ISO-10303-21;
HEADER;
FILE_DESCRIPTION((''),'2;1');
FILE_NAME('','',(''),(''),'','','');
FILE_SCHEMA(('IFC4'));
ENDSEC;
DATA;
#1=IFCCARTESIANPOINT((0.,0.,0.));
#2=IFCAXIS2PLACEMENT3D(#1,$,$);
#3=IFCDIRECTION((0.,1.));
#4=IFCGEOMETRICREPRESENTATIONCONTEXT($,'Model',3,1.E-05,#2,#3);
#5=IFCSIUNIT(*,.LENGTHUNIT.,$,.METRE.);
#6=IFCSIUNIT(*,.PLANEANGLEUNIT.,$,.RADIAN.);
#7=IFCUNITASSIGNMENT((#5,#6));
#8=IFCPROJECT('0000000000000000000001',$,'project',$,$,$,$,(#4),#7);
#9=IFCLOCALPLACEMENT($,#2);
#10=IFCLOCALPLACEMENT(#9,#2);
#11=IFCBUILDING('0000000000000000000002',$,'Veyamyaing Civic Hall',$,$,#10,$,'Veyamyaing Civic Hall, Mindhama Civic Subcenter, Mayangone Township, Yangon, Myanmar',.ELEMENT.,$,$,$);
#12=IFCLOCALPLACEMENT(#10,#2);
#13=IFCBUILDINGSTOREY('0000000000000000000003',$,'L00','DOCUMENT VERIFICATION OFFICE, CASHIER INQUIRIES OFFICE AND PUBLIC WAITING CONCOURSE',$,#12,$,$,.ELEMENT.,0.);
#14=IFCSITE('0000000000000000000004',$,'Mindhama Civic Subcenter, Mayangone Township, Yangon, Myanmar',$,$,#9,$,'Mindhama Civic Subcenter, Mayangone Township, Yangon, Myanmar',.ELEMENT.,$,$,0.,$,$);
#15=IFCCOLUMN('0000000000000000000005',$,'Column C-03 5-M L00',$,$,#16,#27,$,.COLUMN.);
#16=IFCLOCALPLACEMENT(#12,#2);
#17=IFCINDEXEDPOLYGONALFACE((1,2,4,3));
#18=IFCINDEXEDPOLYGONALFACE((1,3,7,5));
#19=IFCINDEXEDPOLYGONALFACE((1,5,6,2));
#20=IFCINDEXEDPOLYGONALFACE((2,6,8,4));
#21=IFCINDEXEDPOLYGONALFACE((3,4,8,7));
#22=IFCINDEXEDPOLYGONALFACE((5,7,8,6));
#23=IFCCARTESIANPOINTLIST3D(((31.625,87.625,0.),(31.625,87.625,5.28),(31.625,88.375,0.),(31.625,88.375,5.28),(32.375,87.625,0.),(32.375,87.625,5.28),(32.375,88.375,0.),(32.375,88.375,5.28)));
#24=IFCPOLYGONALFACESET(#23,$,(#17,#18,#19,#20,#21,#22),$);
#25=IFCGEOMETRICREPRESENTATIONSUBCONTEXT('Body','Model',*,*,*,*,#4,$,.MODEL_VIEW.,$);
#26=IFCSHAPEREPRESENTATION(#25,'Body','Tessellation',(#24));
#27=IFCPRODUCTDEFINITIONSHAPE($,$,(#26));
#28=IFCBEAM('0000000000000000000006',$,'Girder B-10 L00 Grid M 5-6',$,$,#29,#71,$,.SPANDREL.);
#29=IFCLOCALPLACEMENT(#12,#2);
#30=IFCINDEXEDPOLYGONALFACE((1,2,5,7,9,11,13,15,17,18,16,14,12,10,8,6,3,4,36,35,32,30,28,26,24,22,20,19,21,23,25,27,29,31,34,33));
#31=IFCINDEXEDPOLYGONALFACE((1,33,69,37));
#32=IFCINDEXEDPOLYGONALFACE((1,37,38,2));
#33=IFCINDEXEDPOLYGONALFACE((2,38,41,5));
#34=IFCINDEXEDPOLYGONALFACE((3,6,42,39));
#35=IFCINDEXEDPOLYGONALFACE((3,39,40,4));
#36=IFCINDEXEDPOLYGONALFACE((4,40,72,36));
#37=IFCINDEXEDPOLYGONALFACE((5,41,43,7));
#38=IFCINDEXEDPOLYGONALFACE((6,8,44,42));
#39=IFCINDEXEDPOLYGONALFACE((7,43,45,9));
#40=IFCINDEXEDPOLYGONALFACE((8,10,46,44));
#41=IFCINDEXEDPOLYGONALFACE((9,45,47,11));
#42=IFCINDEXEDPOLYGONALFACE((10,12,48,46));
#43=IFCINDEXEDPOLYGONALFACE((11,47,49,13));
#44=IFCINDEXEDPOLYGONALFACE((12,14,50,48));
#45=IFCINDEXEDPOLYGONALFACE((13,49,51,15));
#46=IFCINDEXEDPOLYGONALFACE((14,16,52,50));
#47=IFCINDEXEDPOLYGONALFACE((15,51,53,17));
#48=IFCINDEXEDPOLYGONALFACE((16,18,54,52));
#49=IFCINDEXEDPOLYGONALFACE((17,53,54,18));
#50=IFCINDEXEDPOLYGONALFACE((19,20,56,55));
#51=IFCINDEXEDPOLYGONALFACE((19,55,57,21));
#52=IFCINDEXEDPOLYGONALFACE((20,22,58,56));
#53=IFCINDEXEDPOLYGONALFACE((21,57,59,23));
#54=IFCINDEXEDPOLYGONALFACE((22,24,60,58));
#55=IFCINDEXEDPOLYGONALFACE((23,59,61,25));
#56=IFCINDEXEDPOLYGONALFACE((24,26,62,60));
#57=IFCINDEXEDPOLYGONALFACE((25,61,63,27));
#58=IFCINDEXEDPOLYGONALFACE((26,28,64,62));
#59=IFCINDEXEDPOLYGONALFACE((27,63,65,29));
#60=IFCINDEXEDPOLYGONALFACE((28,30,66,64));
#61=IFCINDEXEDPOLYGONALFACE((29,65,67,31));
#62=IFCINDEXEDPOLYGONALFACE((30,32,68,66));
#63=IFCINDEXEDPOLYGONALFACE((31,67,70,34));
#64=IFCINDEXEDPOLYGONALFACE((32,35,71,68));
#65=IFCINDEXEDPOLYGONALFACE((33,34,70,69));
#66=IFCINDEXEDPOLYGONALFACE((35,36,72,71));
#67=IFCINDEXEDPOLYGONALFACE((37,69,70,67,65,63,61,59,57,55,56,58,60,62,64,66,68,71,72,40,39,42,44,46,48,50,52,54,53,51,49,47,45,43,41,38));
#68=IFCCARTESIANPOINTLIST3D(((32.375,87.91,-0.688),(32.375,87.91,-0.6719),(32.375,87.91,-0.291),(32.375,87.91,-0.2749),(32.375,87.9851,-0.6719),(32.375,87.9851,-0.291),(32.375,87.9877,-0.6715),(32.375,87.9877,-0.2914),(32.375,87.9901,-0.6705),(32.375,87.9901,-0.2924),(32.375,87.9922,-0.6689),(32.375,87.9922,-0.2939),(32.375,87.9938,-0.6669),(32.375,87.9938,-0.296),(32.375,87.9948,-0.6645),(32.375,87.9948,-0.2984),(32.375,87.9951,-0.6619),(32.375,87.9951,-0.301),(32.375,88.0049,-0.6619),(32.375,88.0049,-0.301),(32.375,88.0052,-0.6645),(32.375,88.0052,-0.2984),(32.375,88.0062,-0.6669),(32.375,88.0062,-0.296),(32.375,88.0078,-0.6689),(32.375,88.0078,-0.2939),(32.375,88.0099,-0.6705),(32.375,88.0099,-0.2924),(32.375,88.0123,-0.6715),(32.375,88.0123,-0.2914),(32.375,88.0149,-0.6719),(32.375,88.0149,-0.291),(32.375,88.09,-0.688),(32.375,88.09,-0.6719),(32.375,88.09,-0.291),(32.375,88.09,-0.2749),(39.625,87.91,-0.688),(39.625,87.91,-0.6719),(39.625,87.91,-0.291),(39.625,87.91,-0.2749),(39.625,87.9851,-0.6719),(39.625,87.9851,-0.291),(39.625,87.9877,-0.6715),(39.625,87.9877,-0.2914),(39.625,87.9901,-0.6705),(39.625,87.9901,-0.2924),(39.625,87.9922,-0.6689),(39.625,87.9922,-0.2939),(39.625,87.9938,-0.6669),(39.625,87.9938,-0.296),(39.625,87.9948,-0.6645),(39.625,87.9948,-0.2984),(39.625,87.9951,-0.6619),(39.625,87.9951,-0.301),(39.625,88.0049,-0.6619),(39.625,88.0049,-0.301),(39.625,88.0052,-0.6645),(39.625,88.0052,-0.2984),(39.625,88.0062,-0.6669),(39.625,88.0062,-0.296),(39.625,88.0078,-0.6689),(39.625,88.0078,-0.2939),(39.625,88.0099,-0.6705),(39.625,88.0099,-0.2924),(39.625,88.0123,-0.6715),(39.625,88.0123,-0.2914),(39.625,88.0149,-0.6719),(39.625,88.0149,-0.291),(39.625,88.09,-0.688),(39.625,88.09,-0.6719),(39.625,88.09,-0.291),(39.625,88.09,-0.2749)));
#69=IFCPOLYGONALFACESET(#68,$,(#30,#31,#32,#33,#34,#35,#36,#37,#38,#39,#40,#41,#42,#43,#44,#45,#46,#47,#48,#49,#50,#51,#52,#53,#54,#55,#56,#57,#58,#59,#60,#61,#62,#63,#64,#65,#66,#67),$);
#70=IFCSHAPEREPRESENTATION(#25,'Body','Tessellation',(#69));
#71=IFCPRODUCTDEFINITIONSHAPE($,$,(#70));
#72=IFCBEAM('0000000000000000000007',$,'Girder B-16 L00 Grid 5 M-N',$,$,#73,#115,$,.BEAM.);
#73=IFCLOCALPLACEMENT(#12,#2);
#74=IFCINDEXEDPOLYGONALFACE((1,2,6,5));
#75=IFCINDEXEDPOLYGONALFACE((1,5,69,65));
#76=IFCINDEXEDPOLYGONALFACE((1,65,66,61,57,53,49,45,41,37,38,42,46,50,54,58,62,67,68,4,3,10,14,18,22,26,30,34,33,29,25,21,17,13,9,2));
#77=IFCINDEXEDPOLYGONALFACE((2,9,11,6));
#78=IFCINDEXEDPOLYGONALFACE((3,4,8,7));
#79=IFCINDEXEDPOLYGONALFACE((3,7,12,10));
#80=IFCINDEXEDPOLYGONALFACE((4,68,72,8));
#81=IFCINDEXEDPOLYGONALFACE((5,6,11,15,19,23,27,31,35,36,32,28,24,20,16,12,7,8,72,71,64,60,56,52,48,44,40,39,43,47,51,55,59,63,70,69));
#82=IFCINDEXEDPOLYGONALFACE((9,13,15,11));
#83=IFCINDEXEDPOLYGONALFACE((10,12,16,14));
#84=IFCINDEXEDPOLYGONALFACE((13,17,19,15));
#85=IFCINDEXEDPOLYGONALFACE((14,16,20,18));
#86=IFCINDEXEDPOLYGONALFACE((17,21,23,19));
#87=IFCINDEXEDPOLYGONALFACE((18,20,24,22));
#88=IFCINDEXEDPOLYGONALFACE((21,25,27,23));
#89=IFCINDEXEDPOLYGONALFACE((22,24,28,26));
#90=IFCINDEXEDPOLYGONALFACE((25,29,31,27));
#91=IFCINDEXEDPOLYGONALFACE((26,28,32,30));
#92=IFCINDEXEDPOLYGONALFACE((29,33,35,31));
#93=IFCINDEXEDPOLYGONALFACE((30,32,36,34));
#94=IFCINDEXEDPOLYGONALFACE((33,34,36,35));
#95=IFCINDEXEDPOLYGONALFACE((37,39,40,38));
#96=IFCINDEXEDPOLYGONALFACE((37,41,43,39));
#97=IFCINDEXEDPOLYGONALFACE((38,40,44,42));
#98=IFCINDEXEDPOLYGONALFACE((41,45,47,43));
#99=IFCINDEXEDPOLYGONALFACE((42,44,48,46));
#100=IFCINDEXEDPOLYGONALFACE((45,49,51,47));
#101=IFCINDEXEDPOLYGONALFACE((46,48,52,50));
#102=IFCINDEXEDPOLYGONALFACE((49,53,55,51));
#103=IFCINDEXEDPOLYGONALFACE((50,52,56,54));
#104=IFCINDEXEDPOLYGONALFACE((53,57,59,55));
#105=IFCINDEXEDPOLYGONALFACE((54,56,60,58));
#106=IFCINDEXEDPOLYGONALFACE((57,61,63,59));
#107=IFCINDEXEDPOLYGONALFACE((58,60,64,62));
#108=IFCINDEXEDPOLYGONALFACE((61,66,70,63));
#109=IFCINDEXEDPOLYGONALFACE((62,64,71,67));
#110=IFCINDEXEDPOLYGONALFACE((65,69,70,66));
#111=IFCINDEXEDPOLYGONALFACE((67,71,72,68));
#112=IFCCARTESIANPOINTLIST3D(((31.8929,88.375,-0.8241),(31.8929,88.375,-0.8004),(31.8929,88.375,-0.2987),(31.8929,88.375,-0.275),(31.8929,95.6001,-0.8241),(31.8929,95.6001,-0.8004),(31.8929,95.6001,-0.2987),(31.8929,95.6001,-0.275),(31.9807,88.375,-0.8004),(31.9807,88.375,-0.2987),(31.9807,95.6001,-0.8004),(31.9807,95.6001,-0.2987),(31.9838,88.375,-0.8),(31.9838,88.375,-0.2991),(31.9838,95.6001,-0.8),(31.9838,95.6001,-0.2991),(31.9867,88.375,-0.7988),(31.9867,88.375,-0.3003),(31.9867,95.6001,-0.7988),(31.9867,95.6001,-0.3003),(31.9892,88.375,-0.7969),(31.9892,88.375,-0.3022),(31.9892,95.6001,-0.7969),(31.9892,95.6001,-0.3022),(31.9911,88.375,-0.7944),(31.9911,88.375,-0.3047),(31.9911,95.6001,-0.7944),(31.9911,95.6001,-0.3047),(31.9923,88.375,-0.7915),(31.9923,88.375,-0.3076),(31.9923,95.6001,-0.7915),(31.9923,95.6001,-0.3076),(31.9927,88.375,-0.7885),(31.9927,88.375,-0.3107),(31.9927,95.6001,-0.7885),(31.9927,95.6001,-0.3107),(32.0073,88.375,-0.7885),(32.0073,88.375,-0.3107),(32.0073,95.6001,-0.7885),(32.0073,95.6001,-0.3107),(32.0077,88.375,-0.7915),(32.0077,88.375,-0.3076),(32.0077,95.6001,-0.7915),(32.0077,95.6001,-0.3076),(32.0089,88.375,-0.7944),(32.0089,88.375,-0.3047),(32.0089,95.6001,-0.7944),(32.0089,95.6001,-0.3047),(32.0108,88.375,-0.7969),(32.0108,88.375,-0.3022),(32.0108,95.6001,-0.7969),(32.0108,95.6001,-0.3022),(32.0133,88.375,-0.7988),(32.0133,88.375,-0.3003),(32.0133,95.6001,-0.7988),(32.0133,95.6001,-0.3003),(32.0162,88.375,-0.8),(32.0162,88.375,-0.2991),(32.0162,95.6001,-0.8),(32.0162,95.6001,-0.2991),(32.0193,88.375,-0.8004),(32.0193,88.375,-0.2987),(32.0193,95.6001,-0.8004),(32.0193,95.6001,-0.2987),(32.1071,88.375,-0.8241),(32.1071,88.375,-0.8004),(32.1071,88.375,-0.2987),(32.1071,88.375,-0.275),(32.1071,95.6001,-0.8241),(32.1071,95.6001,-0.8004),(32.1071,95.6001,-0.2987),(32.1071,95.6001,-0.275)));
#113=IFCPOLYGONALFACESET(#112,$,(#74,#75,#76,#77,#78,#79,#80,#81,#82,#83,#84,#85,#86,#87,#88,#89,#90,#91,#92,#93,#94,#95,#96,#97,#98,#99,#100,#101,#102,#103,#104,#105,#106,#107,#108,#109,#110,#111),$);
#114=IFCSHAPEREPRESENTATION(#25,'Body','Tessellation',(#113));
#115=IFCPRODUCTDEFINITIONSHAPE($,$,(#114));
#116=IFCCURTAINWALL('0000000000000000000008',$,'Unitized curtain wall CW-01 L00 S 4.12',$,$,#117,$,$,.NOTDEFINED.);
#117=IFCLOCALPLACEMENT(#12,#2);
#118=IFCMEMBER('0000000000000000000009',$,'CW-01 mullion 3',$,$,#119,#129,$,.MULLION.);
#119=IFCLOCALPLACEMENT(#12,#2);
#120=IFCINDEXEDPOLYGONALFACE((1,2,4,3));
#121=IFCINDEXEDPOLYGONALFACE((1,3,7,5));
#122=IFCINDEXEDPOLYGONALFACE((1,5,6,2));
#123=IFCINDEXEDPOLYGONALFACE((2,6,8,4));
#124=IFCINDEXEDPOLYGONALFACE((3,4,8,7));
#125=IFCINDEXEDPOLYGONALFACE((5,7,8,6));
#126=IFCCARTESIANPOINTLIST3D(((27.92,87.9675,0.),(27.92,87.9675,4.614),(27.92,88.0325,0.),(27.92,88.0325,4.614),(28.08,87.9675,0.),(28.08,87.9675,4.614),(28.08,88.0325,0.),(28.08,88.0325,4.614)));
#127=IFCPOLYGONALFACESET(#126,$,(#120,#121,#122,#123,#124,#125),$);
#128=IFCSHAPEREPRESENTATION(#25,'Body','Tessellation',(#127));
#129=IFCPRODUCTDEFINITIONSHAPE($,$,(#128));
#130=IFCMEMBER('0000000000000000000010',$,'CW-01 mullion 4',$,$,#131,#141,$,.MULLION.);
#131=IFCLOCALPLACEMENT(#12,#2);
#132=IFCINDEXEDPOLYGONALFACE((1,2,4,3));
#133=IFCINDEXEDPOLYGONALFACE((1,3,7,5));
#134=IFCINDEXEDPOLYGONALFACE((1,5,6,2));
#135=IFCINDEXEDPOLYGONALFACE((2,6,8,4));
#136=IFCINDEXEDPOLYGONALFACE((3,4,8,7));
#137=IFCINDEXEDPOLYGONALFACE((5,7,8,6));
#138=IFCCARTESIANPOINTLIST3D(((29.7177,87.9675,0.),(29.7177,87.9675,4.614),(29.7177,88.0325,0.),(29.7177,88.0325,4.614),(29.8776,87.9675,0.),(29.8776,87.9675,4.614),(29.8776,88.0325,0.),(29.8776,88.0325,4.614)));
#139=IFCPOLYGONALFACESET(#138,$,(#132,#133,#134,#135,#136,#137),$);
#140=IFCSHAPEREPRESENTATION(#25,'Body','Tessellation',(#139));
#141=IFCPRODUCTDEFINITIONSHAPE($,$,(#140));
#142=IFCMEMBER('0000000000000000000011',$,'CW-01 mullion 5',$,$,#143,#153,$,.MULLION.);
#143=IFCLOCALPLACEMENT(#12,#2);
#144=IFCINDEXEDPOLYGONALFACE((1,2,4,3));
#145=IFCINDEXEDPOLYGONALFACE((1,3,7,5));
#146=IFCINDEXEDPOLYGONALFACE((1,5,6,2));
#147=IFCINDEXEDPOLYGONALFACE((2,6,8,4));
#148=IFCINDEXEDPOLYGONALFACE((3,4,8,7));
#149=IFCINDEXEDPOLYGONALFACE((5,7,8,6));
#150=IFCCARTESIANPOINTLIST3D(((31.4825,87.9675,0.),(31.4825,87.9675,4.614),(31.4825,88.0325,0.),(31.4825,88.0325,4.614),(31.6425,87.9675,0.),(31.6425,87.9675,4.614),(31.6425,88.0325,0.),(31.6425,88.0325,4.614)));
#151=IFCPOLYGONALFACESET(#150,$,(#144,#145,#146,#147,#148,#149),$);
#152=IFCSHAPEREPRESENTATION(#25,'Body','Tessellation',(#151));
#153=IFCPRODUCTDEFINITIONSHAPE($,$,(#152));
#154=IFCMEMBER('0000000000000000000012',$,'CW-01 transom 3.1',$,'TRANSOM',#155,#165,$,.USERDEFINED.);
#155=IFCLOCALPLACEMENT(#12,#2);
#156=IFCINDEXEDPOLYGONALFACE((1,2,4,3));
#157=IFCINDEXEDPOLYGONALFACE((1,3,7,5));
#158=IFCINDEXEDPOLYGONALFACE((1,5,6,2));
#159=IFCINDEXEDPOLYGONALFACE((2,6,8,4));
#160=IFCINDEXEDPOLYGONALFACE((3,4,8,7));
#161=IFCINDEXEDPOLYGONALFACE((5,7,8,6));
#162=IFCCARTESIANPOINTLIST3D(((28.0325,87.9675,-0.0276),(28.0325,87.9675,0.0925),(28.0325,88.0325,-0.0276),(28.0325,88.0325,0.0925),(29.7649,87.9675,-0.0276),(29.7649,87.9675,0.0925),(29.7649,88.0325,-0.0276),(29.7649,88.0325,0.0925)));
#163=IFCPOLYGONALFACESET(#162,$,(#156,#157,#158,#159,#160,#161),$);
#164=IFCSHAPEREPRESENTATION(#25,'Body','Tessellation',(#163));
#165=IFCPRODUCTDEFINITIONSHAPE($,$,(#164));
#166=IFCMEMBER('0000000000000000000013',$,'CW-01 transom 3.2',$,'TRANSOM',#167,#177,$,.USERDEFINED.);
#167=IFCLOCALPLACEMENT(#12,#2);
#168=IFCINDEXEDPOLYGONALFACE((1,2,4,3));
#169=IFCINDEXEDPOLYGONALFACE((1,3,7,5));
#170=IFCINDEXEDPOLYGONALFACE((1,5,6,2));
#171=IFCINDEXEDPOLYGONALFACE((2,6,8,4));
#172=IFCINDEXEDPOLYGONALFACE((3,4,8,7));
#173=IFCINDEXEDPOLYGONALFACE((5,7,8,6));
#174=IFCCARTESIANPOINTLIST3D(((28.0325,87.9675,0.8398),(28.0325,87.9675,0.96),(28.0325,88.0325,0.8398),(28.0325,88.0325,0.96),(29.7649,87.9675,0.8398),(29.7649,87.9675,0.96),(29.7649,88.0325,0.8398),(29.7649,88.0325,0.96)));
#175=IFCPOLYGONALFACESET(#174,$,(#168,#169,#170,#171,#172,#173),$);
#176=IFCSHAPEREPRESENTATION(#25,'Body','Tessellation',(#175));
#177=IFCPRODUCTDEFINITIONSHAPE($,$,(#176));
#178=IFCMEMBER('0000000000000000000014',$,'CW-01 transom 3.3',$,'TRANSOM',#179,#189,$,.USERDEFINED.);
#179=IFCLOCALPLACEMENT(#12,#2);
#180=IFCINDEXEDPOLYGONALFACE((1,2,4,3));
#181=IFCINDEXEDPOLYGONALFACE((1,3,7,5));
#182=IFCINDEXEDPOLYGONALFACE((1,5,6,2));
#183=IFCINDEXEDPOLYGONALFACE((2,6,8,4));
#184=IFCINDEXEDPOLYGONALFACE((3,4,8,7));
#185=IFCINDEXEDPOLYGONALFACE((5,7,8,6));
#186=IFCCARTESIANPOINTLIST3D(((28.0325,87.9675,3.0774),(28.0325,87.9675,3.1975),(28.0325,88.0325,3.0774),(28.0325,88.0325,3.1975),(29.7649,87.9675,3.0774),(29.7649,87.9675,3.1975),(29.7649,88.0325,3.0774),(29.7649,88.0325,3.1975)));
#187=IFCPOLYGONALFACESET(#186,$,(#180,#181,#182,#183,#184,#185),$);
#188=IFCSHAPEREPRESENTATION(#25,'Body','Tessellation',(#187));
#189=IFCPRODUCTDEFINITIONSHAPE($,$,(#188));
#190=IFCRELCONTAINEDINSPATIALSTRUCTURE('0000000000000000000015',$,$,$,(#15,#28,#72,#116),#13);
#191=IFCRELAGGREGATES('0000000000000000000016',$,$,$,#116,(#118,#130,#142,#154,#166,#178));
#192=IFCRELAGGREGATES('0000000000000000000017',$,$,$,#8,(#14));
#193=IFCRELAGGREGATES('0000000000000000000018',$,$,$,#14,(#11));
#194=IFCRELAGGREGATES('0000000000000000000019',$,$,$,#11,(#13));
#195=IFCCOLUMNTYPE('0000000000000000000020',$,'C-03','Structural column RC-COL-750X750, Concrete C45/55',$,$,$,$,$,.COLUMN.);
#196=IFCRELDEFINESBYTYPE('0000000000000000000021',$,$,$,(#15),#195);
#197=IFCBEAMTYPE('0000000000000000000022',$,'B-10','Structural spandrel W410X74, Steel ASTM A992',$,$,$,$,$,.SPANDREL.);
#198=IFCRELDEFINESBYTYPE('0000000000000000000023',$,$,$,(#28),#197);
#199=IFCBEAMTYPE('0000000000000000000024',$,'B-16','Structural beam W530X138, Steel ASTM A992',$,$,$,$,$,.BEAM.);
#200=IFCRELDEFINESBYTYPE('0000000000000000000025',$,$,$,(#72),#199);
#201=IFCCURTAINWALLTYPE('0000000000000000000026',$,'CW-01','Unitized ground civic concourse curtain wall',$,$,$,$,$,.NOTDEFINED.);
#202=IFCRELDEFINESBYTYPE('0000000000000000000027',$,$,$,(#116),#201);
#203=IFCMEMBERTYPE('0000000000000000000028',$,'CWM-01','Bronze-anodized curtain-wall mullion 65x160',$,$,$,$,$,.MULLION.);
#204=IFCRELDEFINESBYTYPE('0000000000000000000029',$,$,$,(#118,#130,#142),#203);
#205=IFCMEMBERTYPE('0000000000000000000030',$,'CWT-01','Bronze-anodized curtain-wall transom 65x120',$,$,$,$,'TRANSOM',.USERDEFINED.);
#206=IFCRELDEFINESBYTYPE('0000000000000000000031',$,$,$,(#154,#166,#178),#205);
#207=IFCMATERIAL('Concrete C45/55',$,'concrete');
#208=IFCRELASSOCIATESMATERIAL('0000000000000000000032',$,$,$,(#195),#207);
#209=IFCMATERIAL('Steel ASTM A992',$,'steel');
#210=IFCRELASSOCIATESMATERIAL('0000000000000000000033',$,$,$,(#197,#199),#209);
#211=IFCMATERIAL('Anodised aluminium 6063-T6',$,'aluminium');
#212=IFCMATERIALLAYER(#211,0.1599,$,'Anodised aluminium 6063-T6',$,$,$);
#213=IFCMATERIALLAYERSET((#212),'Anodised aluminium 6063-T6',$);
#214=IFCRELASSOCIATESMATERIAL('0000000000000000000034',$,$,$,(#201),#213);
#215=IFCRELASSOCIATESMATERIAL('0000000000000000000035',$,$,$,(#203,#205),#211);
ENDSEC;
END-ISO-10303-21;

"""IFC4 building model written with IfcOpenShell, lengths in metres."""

from ifc_helpers import new_model, si_unit, direction, frame, origin, origin_2d, place, context, subcontext, project, spatial, rectangle, i_section, extrude, material, layer, layer_set, material_profile, profile_set, type_object, element, aggregate, save


model = new_model("IFC4")

# Units and contexts
model_context = context("Model", 3, precision=1e-05, world=origin(), true_north=direction((0.0, 1.0)))
body_context = subcontext(model_context, "Body", "Model", "MODEL_VIEW")
ifc_project = project(units=[si_unit("LENGTHUNIT", "METRE"), si_unit("PLANEANGLEUNIT", "RADIAN")], contexts=[model_context])

# Site, building, storey
site_placement = place(None, origin())
site = spatial("IfcSite", under=ifc_project, at=site_placement, Name="Mindhama Civic Subcenter, Mayangone Township, Yangon, Myanmar", LongName="Mindhama Civic Subcenter, Mayangone Township, Yangon, Myanmar", CompositionType="ELEMENT", RefElevation=0.0)
building_placement = place(site_placement, origin())
building = spatial("IfcBuilding", under=site, at=building_placement, Name="Veyamyaing Civic Hall", LongName="Veyamyaing Civic Hall, Mindhama Civic Subcenter, Mayangone Township, Yangon, Myanmar", CompositionType="ELEMENT")
storey_placement = place(building_placement, origin())
storey = spatial("IfcBuildingStorey", under=building, at=storey_placement, Name="L00", Description="DOCUMENT VERIFICATION OFFICE, CASHIER INQUIRIES OFFICE AND PUBLIC WAITING CONCOURSE", CompositionType="ELEMENT", Elevation=0.0)

# Column
ifc_material_1 = material(Name="Concrete C45/55", Category="concrete")
ifc_material_profile_1 = material_profile(ifc_material_1, rectangle(XDim=0.75, YDim=0.75, at=origin_2d()), Name="RC-COL-750X750")
ifc_profile_set_1 = profile_set([ifc_material_profile_1], Name="Concrete C45/55")
column_type = type_object("IfcColumnType", Name="C-03", Description="Structural column RC-COL-750X750, Concrete C45/55", PredefinedType="COLUMN", material=ifc_profile_set_1)
column_placement = place(storey_placement, frame((32.0, 88.0, 0.0), z_axis=(0.0, 0.0, 1.0), x_axis=(1.0, 0.0, 0.0)))
element("IfcColumn", 1, at=column_placement, inside=storey, type_object=column_type, Name="Column C-03 5-M L00", PredefinedType="COLUMN", context=body_context, shape_type="SweptSolid", body=[
    extrude(rectangle(XDim=0.75, YDim=0.75, at=origin_2d()), origin(), (0.0, 0.0, 1.0), 5.28),
])

# Beams
ifc_material_2 = material(Name="Steel ASTM A992", Category="steel")
ifc_material_profile_2 = material_profile(ifc_material_2, i_section(OverallWidth=0.1799, OverallDepth=0.4131, WebThickness=0.0098, FlangeThickness=0.0161, FilletRadius=0.01, at=origin_2d()), Name="W410X74")
ifc_profile_set_2 = profile_set([ifc_material_profile_2], Name="Steel ASTM A992")
beam_type_1 = type_object("IfcBeamType", Name="B-10", Description="Structural spandrel W410X74, Steel ASTM A992", PredefinedType="SPANDREL", material=ifc_profile_set_2)
beam_1_placement = place(storey_placement, frame((32.375, 88.0, -0.4814), z_axis=(1.0, 0.0, 0.0), x_axis=(0.0, 1.0, 0.0)))
element("IfcBeam", 2, at=beam_1_placement, inside=storey, type_object=beam_type_1, Name="Girder B-10 L00 Grid M 5-6", PredefinedType="SPANDREL", context=body_context, shape_type="SweptSolid", body=[
    extrude(i_section(OverallWidth=0.1799, OverallDepth=0.4131, WebThickness=0.0098, FlangeThickness=0.0161, FilletRadius=0.01, at=origin_2d()), origin(), (0.0, 0.0, 1.0), 7.25),
])
ifc_material_profile_3 = material_profile(ifc_material_2, i_section(OverallWidth=0.2141, OverallDepth=0.5491, WebThickness=0.0146, FlangeThickness=0.0237, FilletRadius=0.012, at=origin_2d()), Name="W530X138")
ifc_profile_set_3 = profile_set([ifc_material_profile_3], Name="Steel ASTM A992")
beam_type_2 = type_object("IfcBeamType", Name="B-16", Description="Structural beam W530X138, Steel ASTM A992", PredefinedType="BEAM", material=ifc_profile_set_3)
beam_2_placement = place(storey_placement, frame((32.0, 88.375, -0.5496), z_axis=(0.0, 1.0, 0.0), x_axis=(-1.0, 0.0, 0.0)))
element("IfcBeam", 3, at=beam_2_placement, inside=storey, type_object=beam_type_2, Name="Girder B-16 L00 Grid 5 M-N", PredefinedType="BEAM", context=body_context, shape_type="SweptSolid", body=[
    extrude(i_section(OverallWidth=0.2141, OverallDepth=0.5491, WebThickness=0.0146, FlangeThickness=0.0237, FilletRadius=0.012, at=origin_2d()), origin(), (0.0, 0.0, 1.0), 7.2251),
])

# Curtain wall, members
ifc_material_3 = material(Name="Anodised aluminium 6063-T6", Category="aluminium")
ifc_layer_1 = layer(ifc_material_3, 0.1599, Name="Anodised aluminium 6063-T6")
ifc_layer_set_1 = layer_set([ifc_layer_1], Name="Anodised aluminium 6063-T6")
curtain_wall_type = type_object("IfcCurtainWallType", Name="CW-01", Description="Unitized ground civic concourse curtain wall", PredefinedType="NOTDEFINED", material=ifc_layer_set_1)
curtain_wall_placement = place(storey_placement, origin())
curtain_wall = element("IfcCurtainWall", 4, at=curtain_wall_placement, inside=storey, type_object=curtain_wall_type, Name="Unitized curtain wall CW-01 L00 S 4.12", PredefinedType="NOTDEFINED")
ifc_material_profile_4 = material_profile(ifc_material_3, rectangle(XDim=0.0649, YDim=0.1599, at=origin_2d()), Name="ALU-MUL-65X160")
ifc_profile_set_4 = profile_set([ifc_material_profile_4], Name="Anodised aluminium 6063-T6")
member_type_1 = type_object("IfcMemberType", Name="CWM-01", Description="Bronze-anodized curtain-wall mullion 65x160", PredefinedType="MULLION", material=ifc_profile_set_4)
member_1_placement = place(storey_placement, frame((28.0, 88.0, 0.0), z_axis=(0.0, 0.0, 1.0), x_axis=(0.0, 1.0, 0.0)))
member_1 = element("IfcMember", 5, at=member_1_placement, type_object=member_type_1, Name="CW-01 mullion 3", PredefinedType="MULLION", context=body_context, shape_type="SweptSolid", body=[
    extrude(rectangle(XDim=0.0649, YDim=0.1599, at=origin_2d()), origin(), (0.0, 0.0, 1.0), 4.614),
])
member_2_placement = place(storey_placement, frame((29.7976, 88.0, 0.0), z_axis=(0.0, 0.0, 1.0), x_axis=(0.0, 1.0, 0.0)))
member_2 = element("IfcMember", 6, at=member_2_placement, type_object=member_type_1, Name="CW-01 mullion 4", PredefinedType="MULLION", context=body_context, shape_type="SweptSolid", body=[
    extrude(rectangle(XDim=0.0649, YDim=0.1599, at=origin_2d()), origin(), (0.0, 0.0, 1.0), 4.614),
])
member_3_placement = place(storey_placement, frame((31.5625, 88.0, 0.0), z_axis=(0.0, 0.0, 1.0), x_axis=(0.0, 1.0, 0.0)))
member_3 = element("IfcMember", 7, at=member_3_placement, type_object=member_type_1, Name="CW-01 mullion 5", PredefinedType="MULLION", context=body_context, shape_type="SweptSolid", body=[
    extrude(rectangle(XDim=0.0649, YDim=0.1599, at=origin_2d()), origin(), (0.0, 0.0, 1.0), 4.614),
])
ifc_material_profile_5 = material_profile(ifc_material_3, rectangle(XDim=0.0649, YDim=0.1201, at=origin_2d()), Name="ALU-TRN-65X120")
ifc_profile_set_5 = profile_set([ifc_material_profile_5], Name="Anodised aluminium 6063-T6")
member_type_2 = type_object("IfcMemberType", Name="CWT-01", Description="Bronze-anodized curtain-wall transom 65x120", ElementType="TRANSOM", PredefinedType="USERDEFINED", material=ifc_profile_set_5)
member_4_placement = place(storey_placement, frame((28.0325, 88.0, 0.0325), z_axis=(1.0, 0.0, 0.0), x_axis=(0.0, 1.0, 0.0)))
member_4 = element("IfcMember", 8, at=member_4_placement, type_object=member_type_2, Name="CW-01 transom 3.1", ObjectType="TRANSOM", PredefinedType="USERDEFINED", context=body_context, shape_type="SweptSolid", body=[
    extrude(rectangle(XDim=0.0649, YDim=0.1201, at=origin_2d()), origin(), (0.0, 0.0, 1.0), 1.7324),
])
member_5_placement = place(storey_placement, frame((28.0325, 88.0, 0.8999), z_axis=(1.0, 0.0, 0.0), x_axis=(0.0, 1.0, 0.0)))
member_5 = element("IfcMember", 9, at=member_5_placement, type_object=member_type_2, Name="CW-01 transom 3.2", ObjectType="TRANSOM", PredefinedType="USERDEFINED", context=body_context, shape_type="SweptSolid", body=[
    extrude(rectangle(XDim=0.0649, YDim=0.1201, at=origin_2d()), origin(), (0.0, 0.0, 1.0), 1.7324),
])
member_6_placement = place(storey_placement, frame((28.0325, 88.0, 3.1375), z_axis=(1.0, 0.0, 0.0), x_axis=(0.0, 1.0, 0.0)))
member_6 = element("IfcMember", 10, at=member_6_placement, type_object=member_type_2, Name="CW-01 transom 3.3", ObjectType="TRANSOM", PredefinedType="USERDEFINED", context=body_context, shape_type="SweptSolid", body=[
    extrude(rectangle(XDim=0.0649, YDim=0.1201, at=origin_2d()), origin(), (0.0, 0.0, 1.0), 1.7324),
])

aggregate(curtain_wall, [member_1, member_2, member_3, member_4, member_5, member_6])

save(model, "model.ifc")
